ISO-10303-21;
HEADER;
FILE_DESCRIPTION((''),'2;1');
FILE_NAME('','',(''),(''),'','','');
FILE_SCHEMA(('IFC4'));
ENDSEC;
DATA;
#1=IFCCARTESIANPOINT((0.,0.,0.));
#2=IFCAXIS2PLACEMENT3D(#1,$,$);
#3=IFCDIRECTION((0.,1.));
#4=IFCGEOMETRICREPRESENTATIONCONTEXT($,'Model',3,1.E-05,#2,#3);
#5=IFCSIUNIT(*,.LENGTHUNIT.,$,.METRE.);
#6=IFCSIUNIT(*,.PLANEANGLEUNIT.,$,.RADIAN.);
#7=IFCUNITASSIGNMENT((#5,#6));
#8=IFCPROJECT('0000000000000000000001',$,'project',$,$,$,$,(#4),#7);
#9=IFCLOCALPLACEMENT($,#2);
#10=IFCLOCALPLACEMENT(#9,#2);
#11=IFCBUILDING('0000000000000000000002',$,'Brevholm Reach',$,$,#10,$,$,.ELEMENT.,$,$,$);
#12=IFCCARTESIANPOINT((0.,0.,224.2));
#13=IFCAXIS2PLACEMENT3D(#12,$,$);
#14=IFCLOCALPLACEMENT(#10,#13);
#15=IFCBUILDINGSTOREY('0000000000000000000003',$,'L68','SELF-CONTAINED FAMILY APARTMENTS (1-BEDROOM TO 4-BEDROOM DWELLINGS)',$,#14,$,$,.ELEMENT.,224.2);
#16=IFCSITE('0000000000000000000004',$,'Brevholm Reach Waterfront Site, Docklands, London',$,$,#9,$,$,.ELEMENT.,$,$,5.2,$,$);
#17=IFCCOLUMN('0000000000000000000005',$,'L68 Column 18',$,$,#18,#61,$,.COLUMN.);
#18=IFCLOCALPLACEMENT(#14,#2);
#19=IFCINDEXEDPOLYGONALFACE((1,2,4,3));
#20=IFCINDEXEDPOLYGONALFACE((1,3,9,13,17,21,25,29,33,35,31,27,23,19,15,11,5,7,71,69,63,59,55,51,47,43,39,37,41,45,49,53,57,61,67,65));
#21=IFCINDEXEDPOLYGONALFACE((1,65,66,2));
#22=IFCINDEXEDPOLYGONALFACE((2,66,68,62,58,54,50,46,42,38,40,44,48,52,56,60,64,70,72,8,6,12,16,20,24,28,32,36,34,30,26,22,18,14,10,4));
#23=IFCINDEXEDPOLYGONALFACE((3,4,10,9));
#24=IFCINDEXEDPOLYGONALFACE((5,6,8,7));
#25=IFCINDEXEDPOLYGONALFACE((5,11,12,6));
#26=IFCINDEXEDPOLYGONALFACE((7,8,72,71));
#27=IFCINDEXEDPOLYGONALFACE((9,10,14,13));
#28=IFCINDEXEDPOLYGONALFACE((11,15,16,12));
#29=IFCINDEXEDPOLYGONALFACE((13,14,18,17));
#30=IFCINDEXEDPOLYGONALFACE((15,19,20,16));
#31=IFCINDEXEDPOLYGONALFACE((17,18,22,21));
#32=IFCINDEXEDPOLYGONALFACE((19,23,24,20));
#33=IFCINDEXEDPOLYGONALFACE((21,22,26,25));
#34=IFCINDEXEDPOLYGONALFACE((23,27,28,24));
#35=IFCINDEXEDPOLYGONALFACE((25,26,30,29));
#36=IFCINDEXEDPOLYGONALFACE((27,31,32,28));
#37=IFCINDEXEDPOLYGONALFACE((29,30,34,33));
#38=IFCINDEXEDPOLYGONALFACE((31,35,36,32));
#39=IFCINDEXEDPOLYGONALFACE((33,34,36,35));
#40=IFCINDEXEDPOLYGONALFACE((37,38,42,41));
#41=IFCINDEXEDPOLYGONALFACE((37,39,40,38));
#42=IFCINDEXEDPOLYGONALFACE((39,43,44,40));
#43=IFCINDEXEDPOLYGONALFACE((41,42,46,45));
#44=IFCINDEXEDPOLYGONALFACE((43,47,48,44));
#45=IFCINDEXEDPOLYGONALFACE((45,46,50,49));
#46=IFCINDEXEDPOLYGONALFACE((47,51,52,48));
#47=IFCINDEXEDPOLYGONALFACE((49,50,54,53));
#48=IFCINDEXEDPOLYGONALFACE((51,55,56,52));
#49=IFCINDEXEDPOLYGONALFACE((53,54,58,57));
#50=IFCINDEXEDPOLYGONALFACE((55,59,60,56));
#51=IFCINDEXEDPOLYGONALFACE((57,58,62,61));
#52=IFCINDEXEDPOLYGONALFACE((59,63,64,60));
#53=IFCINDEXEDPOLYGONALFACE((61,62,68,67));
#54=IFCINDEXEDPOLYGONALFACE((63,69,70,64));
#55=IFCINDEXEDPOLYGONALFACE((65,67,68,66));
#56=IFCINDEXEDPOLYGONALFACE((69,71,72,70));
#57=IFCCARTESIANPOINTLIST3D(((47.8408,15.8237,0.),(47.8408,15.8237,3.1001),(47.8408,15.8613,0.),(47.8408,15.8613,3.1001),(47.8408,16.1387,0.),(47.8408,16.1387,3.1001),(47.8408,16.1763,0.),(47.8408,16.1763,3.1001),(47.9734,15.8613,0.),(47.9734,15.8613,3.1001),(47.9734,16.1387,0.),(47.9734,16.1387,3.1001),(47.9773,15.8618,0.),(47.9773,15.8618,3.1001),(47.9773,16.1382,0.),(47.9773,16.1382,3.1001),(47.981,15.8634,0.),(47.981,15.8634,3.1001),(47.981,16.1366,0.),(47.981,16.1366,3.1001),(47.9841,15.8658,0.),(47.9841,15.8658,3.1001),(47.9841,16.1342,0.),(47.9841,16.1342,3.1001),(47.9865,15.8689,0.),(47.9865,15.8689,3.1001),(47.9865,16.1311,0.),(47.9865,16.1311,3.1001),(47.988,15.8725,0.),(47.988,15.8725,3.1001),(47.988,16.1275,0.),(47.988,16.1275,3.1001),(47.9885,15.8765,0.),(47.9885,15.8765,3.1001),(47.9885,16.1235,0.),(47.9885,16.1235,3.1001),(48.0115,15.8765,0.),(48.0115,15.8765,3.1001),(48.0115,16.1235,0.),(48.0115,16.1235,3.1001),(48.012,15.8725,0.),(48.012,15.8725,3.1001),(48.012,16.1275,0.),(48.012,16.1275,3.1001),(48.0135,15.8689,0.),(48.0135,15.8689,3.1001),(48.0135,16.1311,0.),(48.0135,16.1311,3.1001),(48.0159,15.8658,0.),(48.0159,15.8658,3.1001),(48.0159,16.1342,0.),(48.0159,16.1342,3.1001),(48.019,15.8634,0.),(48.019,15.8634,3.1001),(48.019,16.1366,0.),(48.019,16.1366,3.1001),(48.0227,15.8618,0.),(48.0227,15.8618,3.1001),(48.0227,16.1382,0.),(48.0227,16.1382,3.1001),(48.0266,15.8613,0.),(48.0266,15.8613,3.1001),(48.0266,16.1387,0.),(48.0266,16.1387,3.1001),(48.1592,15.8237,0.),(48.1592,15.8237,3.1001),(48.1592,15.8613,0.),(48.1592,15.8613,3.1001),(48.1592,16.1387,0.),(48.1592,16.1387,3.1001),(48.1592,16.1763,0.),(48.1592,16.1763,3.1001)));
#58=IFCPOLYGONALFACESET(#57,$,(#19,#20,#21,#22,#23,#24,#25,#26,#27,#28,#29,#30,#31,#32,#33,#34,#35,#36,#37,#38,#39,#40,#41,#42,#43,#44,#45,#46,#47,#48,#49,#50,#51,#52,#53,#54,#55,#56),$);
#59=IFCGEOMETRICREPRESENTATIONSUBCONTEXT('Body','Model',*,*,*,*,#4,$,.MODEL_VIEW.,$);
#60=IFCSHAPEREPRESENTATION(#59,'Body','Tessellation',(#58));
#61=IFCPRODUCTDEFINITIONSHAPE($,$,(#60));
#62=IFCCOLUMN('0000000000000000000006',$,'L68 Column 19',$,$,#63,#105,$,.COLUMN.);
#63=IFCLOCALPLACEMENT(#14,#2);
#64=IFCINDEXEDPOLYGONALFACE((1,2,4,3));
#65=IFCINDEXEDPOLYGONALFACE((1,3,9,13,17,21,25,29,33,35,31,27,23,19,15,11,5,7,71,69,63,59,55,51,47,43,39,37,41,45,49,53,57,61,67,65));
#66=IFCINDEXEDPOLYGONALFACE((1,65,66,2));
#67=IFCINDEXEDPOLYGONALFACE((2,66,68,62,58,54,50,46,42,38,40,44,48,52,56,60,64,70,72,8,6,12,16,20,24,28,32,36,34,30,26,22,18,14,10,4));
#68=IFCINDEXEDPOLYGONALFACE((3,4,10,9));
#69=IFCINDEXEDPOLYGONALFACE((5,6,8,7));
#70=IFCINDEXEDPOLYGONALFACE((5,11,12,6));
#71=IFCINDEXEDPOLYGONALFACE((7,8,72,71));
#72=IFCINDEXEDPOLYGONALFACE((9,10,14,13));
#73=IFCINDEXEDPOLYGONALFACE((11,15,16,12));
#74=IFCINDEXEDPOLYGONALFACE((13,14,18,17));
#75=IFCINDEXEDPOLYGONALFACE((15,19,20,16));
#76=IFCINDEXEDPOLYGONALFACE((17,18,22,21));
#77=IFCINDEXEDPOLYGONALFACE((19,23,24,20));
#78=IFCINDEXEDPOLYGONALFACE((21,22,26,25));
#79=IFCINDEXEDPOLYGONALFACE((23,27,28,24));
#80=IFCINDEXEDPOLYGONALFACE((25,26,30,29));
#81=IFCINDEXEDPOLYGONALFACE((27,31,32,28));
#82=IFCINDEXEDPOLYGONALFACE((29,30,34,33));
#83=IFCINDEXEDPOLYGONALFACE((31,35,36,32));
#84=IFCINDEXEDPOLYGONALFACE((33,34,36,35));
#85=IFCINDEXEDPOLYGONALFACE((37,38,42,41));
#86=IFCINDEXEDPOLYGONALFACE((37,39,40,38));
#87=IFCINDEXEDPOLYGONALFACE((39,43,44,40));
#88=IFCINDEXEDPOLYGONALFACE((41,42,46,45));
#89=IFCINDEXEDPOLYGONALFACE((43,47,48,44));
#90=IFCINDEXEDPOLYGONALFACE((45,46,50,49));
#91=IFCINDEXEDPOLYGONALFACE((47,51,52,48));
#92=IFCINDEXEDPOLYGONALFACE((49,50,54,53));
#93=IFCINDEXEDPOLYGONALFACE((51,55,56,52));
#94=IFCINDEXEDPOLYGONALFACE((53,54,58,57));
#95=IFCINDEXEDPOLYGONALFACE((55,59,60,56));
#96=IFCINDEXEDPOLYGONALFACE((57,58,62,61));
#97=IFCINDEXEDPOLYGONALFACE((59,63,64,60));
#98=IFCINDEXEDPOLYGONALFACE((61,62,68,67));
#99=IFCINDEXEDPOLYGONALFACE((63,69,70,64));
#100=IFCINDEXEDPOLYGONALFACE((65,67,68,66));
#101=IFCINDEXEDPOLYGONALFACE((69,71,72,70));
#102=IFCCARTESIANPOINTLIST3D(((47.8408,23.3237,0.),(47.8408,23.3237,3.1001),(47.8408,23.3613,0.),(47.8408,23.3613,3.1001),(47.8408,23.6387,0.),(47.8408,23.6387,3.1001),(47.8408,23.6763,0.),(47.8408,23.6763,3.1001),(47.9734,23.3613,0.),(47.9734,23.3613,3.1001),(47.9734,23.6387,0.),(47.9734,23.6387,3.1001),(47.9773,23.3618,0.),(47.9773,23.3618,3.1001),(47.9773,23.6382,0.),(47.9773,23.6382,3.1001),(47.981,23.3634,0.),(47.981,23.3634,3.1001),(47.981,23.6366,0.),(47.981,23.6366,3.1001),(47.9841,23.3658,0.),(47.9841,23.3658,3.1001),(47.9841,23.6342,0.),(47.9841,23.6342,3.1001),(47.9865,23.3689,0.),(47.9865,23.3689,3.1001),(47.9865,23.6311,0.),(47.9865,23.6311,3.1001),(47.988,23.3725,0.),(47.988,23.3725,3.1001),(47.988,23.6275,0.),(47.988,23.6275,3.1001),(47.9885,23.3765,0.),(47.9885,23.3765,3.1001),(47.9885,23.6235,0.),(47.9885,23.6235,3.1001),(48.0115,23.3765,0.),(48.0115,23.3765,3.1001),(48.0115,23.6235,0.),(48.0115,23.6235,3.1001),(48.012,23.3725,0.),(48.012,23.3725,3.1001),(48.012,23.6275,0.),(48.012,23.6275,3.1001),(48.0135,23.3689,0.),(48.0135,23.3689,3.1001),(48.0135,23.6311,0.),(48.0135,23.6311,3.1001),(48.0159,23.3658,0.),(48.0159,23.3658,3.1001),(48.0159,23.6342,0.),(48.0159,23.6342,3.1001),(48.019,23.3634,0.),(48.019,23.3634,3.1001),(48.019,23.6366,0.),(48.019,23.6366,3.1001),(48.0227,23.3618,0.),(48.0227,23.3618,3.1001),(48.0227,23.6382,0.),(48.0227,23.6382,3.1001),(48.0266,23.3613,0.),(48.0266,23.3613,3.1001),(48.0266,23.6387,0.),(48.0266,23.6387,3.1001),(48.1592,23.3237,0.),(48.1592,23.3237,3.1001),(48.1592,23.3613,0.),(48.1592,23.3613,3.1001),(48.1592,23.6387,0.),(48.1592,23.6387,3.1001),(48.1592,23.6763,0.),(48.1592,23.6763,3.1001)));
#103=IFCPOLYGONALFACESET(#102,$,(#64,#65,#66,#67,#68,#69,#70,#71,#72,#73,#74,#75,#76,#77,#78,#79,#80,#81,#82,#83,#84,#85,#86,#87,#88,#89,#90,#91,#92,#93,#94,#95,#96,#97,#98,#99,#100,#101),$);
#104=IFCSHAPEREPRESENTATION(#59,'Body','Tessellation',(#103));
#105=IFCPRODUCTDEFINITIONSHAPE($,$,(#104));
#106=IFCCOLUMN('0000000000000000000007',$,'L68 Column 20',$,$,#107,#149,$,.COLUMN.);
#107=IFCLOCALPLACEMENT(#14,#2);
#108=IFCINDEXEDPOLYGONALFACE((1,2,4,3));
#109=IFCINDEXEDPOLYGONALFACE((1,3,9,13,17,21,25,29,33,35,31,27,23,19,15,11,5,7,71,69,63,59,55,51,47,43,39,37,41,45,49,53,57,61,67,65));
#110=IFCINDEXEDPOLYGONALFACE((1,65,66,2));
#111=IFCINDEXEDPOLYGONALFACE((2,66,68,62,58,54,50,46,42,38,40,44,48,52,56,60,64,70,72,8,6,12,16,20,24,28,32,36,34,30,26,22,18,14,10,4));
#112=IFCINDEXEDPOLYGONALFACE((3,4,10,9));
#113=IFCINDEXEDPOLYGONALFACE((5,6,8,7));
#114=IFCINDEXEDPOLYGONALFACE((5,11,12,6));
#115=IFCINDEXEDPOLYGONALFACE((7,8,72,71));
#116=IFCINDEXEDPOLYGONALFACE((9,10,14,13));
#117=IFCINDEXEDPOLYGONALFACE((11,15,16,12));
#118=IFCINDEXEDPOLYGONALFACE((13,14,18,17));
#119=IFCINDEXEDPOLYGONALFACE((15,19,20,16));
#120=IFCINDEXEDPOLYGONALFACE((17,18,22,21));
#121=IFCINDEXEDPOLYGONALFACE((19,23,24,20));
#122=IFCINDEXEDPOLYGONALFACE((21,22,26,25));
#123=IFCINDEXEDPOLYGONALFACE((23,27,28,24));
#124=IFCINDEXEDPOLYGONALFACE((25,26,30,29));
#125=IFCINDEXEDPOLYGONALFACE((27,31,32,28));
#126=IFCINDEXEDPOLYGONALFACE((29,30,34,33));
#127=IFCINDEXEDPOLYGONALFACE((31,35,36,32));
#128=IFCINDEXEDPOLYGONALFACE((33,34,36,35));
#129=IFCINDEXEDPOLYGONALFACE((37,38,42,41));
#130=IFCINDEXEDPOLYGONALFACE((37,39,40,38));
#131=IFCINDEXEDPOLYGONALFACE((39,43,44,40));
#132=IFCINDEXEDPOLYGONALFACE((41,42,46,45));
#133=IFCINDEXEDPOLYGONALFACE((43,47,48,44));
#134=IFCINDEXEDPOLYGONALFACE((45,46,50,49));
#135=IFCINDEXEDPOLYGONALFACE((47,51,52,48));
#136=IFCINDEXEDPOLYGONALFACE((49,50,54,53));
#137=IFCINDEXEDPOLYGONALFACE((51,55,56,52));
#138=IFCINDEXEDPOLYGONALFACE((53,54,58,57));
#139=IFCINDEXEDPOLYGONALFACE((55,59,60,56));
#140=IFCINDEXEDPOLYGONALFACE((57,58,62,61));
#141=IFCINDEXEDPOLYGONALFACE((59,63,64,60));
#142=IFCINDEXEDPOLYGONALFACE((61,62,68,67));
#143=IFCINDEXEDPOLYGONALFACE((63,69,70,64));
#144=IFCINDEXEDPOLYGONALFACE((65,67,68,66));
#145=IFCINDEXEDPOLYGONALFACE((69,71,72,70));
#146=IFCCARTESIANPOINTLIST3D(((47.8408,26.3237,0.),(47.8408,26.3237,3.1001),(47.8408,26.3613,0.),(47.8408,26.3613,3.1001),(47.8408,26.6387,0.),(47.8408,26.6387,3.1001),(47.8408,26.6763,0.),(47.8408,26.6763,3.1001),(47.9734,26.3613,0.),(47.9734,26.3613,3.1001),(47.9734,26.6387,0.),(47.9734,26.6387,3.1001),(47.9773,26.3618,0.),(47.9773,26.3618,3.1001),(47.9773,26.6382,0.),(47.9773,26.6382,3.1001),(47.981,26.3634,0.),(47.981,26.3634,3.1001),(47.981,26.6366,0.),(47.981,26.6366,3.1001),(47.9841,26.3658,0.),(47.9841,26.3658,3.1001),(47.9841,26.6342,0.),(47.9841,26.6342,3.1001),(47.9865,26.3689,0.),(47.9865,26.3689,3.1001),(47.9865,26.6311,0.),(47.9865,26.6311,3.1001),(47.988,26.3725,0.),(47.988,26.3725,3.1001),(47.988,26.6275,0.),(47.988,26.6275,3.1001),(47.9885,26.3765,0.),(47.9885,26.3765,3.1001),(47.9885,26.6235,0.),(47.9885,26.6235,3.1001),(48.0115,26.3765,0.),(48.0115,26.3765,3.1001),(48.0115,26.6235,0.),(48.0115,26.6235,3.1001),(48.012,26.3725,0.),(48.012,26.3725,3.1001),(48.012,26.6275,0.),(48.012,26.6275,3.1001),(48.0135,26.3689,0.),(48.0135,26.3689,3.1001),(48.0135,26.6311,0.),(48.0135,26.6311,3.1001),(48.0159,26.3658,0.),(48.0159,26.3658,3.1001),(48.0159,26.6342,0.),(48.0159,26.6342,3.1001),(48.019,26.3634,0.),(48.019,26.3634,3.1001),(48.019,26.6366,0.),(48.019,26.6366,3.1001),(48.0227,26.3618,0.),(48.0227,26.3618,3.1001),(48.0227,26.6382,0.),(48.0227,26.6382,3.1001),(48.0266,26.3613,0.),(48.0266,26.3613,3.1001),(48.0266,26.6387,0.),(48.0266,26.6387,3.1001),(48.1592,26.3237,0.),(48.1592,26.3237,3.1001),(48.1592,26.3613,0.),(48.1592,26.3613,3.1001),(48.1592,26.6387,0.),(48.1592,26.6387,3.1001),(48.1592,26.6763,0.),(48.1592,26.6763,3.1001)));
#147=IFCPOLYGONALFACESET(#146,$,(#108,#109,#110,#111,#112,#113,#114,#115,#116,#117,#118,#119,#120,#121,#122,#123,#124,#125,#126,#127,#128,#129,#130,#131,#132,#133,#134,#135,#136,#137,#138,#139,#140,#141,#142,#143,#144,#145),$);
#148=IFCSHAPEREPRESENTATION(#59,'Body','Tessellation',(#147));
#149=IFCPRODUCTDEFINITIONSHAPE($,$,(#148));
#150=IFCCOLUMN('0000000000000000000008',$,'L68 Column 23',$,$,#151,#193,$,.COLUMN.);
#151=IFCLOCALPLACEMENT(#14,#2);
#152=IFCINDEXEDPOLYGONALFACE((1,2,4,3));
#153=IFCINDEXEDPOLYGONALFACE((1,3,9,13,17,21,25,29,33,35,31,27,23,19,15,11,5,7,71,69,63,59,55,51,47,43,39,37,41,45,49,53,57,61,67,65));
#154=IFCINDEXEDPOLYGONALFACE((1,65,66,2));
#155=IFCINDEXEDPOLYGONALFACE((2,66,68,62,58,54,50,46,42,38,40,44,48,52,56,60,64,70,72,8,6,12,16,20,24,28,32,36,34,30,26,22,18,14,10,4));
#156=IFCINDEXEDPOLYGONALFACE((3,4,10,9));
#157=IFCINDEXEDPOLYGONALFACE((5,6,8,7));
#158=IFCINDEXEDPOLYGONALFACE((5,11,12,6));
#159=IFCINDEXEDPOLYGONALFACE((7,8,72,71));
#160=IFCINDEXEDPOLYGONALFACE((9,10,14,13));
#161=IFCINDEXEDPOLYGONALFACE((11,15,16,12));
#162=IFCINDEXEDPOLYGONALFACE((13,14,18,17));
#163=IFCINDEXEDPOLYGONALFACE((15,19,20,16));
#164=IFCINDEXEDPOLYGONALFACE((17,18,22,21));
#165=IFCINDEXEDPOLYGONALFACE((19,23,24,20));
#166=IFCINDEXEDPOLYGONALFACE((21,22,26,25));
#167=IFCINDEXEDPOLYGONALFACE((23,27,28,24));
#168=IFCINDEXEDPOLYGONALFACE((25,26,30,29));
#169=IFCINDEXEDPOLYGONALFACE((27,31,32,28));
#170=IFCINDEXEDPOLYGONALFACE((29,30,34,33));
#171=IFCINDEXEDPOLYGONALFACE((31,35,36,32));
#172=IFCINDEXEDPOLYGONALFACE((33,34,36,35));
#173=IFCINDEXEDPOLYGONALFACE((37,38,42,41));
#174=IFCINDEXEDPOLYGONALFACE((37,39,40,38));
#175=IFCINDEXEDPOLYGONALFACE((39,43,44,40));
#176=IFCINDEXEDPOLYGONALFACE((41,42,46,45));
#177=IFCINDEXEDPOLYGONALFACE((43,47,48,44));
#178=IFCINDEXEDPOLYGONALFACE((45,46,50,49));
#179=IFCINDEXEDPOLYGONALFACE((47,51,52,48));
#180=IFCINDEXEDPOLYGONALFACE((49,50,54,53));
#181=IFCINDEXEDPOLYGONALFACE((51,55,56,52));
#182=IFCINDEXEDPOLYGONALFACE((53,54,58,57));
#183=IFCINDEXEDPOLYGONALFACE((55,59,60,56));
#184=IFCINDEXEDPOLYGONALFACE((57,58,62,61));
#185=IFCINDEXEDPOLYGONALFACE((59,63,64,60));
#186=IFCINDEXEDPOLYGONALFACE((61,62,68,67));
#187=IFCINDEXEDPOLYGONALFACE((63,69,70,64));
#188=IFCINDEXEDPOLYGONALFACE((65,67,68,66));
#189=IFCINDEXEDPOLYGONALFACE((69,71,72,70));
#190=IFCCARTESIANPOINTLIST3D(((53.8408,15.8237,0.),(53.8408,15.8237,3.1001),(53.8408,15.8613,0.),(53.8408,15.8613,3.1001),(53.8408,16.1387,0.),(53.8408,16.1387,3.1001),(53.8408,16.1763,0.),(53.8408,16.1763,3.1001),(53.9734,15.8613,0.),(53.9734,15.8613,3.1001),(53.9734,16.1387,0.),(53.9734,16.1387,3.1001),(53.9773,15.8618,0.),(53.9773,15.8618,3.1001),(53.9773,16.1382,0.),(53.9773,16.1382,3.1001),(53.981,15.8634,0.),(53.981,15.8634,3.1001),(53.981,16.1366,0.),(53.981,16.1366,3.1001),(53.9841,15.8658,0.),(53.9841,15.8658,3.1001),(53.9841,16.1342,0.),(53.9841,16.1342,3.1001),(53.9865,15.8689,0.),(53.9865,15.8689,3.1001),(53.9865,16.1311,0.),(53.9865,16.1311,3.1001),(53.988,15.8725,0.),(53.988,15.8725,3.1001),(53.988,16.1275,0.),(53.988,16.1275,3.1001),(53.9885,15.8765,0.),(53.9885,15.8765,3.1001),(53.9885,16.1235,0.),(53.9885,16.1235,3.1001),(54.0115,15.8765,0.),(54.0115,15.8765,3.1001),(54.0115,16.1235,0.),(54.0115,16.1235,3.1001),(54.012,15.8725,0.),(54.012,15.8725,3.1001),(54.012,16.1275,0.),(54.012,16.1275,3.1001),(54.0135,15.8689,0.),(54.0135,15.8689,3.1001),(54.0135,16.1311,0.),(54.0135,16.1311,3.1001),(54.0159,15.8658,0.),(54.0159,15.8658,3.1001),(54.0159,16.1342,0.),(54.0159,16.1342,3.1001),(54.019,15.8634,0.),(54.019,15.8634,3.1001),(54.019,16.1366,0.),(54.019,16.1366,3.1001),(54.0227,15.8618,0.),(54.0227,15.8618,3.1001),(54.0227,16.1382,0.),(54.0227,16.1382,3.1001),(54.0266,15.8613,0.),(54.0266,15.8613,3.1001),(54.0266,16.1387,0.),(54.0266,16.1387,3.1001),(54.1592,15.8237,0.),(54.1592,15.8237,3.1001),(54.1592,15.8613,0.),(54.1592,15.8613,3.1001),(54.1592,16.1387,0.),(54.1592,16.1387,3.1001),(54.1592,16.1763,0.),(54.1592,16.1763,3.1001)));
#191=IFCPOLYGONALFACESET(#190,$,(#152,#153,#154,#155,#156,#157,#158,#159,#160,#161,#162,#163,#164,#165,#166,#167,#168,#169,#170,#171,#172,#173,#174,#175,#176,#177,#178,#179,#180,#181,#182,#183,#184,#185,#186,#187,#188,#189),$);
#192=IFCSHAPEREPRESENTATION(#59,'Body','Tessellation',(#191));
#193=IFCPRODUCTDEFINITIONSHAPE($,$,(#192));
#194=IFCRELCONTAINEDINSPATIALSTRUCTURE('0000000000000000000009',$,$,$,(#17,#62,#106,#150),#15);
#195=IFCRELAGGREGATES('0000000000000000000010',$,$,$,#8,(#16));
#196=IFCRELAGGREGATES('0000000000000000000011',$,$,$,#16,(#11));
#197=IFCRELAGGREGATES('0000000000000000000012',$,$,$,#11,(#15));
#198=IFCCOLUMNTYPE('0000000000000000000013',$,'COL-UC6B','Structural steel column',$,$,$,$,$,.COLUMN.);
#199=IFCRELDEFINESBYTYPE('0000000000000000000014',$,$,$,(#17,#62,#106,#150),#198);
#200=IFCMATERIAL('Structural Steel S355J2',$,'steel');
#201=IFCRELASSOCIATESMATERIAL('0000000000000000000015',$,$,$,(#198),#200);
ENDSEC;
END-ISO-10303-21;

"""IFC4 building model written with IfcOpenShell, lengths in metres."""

from ifc_helpers import new_model, si_unit, direction, frame, origin, origin_2d, place, context, subcontext, project, spatial, i_section, extrude, material, material_profile, profile_set, type_object, element, save


model = new_model("IFC4")

# Units and contexts
model_context = context("Model", 3, precision=1e-05, world=origin(), true_north=direction((0.0, 1.0)))
body_context = subcontext(model_context, "Body", "Model", "MODEL_VIEW")
ifc_project = project(units=[si_unit("LENGTHUNIT", "METRE"), si_unit("PLANEANGLEUNIT", "RADIAN")], contexts=[model_context])

# Site, building, storey
site_placement = place(None, origin())
site = spatial("IfcSite", under=ifc_project, at=site_placement, Name="Brevholm Reach Waterfront Site, Docklands, London", CompositionType="ELEMENT", RefElevation=5.2)
building_placement = place(site_placement, origin())
building = spatial("IfcBuilding", under=site, at=building_placement, Name="Brevholm Reach", CompositionType="ELEMENT")
storey_placement = place(building_placement, frame((0.0, 0.0, 224.2)))
storey = spatial("IfcBuildingStorey", under=building, at=storey_placement, Name="L68", Description="SELF-CONTAINED FAMILY APARTMENTS (1-BEDROOM TO 4-BEDROOM DWELLINGS)", CompositionType="ELEMENT", Elevation=224.2)

# Columns
ifc_material_1 = material(Name="Structural Steel S355J2", Category="steel")
ifc_material_profile_1 = material_profile(ifc_material_1, i_section(OverallWidth=0.3184, OverallDepth=0.3525, WebThickness=0.0229, FlangeThickness=0.0376, FilletRadius=0.0151, at=origin_2d()), Name="UKC 305x305x240")
ifc_profile_set_1 = profile_set([ifc_material_profile_1], Name="Structural Steel S355J2")
column_type = type_object("IfcColumnType", Name="COL-UC6B", Description="Structural steel column", PredefinedType="COLUMN", material=ifc_profile_set_1)
for number, where, z_axis, x_axis, name in (
    (1, (48.0, 16.0, 0.0), (0.0, 0.0, 1.0), (1.0, 0.0, 0.0), "L68 Column 18"),
    (2, (48.0, 23.5, 0.0), (0.0, 0.0, 1.0), (1.0, 0.0, 0.0), "L68 Column 19"),
    (3, (48.0, 26.5, 0.0), (0.0, 0.0, 1.0), (1.0, 0.0, 0.0), "L68 Column 20"),
    (4, (54.0, 16.0, 0.0), (0.0, 0.0, 1.0), (1.0, 0.0, 0.0), "L68 Column 23"),
):
    element("IfcColumn", number, at=place(storey_placement, frame(where, z_axis=z_axis, x_axis=x_axis)), inside=storey, type_object=column_type, Name=name, PredefinedType="COLUMN", context=body_context, shape_type="SweptSolid", body=[
        extrude(i_section(OverallWidth=0.3184, OverallDepth=0.3525, WebThickness=0.0229, FlangeThickness=0.0376, FilletRadius=0.0151, at=origin_2d()), origin(), (0.0, 0.0, 1.0), 3.1001),
    ])

save(model, "model.ifc")
